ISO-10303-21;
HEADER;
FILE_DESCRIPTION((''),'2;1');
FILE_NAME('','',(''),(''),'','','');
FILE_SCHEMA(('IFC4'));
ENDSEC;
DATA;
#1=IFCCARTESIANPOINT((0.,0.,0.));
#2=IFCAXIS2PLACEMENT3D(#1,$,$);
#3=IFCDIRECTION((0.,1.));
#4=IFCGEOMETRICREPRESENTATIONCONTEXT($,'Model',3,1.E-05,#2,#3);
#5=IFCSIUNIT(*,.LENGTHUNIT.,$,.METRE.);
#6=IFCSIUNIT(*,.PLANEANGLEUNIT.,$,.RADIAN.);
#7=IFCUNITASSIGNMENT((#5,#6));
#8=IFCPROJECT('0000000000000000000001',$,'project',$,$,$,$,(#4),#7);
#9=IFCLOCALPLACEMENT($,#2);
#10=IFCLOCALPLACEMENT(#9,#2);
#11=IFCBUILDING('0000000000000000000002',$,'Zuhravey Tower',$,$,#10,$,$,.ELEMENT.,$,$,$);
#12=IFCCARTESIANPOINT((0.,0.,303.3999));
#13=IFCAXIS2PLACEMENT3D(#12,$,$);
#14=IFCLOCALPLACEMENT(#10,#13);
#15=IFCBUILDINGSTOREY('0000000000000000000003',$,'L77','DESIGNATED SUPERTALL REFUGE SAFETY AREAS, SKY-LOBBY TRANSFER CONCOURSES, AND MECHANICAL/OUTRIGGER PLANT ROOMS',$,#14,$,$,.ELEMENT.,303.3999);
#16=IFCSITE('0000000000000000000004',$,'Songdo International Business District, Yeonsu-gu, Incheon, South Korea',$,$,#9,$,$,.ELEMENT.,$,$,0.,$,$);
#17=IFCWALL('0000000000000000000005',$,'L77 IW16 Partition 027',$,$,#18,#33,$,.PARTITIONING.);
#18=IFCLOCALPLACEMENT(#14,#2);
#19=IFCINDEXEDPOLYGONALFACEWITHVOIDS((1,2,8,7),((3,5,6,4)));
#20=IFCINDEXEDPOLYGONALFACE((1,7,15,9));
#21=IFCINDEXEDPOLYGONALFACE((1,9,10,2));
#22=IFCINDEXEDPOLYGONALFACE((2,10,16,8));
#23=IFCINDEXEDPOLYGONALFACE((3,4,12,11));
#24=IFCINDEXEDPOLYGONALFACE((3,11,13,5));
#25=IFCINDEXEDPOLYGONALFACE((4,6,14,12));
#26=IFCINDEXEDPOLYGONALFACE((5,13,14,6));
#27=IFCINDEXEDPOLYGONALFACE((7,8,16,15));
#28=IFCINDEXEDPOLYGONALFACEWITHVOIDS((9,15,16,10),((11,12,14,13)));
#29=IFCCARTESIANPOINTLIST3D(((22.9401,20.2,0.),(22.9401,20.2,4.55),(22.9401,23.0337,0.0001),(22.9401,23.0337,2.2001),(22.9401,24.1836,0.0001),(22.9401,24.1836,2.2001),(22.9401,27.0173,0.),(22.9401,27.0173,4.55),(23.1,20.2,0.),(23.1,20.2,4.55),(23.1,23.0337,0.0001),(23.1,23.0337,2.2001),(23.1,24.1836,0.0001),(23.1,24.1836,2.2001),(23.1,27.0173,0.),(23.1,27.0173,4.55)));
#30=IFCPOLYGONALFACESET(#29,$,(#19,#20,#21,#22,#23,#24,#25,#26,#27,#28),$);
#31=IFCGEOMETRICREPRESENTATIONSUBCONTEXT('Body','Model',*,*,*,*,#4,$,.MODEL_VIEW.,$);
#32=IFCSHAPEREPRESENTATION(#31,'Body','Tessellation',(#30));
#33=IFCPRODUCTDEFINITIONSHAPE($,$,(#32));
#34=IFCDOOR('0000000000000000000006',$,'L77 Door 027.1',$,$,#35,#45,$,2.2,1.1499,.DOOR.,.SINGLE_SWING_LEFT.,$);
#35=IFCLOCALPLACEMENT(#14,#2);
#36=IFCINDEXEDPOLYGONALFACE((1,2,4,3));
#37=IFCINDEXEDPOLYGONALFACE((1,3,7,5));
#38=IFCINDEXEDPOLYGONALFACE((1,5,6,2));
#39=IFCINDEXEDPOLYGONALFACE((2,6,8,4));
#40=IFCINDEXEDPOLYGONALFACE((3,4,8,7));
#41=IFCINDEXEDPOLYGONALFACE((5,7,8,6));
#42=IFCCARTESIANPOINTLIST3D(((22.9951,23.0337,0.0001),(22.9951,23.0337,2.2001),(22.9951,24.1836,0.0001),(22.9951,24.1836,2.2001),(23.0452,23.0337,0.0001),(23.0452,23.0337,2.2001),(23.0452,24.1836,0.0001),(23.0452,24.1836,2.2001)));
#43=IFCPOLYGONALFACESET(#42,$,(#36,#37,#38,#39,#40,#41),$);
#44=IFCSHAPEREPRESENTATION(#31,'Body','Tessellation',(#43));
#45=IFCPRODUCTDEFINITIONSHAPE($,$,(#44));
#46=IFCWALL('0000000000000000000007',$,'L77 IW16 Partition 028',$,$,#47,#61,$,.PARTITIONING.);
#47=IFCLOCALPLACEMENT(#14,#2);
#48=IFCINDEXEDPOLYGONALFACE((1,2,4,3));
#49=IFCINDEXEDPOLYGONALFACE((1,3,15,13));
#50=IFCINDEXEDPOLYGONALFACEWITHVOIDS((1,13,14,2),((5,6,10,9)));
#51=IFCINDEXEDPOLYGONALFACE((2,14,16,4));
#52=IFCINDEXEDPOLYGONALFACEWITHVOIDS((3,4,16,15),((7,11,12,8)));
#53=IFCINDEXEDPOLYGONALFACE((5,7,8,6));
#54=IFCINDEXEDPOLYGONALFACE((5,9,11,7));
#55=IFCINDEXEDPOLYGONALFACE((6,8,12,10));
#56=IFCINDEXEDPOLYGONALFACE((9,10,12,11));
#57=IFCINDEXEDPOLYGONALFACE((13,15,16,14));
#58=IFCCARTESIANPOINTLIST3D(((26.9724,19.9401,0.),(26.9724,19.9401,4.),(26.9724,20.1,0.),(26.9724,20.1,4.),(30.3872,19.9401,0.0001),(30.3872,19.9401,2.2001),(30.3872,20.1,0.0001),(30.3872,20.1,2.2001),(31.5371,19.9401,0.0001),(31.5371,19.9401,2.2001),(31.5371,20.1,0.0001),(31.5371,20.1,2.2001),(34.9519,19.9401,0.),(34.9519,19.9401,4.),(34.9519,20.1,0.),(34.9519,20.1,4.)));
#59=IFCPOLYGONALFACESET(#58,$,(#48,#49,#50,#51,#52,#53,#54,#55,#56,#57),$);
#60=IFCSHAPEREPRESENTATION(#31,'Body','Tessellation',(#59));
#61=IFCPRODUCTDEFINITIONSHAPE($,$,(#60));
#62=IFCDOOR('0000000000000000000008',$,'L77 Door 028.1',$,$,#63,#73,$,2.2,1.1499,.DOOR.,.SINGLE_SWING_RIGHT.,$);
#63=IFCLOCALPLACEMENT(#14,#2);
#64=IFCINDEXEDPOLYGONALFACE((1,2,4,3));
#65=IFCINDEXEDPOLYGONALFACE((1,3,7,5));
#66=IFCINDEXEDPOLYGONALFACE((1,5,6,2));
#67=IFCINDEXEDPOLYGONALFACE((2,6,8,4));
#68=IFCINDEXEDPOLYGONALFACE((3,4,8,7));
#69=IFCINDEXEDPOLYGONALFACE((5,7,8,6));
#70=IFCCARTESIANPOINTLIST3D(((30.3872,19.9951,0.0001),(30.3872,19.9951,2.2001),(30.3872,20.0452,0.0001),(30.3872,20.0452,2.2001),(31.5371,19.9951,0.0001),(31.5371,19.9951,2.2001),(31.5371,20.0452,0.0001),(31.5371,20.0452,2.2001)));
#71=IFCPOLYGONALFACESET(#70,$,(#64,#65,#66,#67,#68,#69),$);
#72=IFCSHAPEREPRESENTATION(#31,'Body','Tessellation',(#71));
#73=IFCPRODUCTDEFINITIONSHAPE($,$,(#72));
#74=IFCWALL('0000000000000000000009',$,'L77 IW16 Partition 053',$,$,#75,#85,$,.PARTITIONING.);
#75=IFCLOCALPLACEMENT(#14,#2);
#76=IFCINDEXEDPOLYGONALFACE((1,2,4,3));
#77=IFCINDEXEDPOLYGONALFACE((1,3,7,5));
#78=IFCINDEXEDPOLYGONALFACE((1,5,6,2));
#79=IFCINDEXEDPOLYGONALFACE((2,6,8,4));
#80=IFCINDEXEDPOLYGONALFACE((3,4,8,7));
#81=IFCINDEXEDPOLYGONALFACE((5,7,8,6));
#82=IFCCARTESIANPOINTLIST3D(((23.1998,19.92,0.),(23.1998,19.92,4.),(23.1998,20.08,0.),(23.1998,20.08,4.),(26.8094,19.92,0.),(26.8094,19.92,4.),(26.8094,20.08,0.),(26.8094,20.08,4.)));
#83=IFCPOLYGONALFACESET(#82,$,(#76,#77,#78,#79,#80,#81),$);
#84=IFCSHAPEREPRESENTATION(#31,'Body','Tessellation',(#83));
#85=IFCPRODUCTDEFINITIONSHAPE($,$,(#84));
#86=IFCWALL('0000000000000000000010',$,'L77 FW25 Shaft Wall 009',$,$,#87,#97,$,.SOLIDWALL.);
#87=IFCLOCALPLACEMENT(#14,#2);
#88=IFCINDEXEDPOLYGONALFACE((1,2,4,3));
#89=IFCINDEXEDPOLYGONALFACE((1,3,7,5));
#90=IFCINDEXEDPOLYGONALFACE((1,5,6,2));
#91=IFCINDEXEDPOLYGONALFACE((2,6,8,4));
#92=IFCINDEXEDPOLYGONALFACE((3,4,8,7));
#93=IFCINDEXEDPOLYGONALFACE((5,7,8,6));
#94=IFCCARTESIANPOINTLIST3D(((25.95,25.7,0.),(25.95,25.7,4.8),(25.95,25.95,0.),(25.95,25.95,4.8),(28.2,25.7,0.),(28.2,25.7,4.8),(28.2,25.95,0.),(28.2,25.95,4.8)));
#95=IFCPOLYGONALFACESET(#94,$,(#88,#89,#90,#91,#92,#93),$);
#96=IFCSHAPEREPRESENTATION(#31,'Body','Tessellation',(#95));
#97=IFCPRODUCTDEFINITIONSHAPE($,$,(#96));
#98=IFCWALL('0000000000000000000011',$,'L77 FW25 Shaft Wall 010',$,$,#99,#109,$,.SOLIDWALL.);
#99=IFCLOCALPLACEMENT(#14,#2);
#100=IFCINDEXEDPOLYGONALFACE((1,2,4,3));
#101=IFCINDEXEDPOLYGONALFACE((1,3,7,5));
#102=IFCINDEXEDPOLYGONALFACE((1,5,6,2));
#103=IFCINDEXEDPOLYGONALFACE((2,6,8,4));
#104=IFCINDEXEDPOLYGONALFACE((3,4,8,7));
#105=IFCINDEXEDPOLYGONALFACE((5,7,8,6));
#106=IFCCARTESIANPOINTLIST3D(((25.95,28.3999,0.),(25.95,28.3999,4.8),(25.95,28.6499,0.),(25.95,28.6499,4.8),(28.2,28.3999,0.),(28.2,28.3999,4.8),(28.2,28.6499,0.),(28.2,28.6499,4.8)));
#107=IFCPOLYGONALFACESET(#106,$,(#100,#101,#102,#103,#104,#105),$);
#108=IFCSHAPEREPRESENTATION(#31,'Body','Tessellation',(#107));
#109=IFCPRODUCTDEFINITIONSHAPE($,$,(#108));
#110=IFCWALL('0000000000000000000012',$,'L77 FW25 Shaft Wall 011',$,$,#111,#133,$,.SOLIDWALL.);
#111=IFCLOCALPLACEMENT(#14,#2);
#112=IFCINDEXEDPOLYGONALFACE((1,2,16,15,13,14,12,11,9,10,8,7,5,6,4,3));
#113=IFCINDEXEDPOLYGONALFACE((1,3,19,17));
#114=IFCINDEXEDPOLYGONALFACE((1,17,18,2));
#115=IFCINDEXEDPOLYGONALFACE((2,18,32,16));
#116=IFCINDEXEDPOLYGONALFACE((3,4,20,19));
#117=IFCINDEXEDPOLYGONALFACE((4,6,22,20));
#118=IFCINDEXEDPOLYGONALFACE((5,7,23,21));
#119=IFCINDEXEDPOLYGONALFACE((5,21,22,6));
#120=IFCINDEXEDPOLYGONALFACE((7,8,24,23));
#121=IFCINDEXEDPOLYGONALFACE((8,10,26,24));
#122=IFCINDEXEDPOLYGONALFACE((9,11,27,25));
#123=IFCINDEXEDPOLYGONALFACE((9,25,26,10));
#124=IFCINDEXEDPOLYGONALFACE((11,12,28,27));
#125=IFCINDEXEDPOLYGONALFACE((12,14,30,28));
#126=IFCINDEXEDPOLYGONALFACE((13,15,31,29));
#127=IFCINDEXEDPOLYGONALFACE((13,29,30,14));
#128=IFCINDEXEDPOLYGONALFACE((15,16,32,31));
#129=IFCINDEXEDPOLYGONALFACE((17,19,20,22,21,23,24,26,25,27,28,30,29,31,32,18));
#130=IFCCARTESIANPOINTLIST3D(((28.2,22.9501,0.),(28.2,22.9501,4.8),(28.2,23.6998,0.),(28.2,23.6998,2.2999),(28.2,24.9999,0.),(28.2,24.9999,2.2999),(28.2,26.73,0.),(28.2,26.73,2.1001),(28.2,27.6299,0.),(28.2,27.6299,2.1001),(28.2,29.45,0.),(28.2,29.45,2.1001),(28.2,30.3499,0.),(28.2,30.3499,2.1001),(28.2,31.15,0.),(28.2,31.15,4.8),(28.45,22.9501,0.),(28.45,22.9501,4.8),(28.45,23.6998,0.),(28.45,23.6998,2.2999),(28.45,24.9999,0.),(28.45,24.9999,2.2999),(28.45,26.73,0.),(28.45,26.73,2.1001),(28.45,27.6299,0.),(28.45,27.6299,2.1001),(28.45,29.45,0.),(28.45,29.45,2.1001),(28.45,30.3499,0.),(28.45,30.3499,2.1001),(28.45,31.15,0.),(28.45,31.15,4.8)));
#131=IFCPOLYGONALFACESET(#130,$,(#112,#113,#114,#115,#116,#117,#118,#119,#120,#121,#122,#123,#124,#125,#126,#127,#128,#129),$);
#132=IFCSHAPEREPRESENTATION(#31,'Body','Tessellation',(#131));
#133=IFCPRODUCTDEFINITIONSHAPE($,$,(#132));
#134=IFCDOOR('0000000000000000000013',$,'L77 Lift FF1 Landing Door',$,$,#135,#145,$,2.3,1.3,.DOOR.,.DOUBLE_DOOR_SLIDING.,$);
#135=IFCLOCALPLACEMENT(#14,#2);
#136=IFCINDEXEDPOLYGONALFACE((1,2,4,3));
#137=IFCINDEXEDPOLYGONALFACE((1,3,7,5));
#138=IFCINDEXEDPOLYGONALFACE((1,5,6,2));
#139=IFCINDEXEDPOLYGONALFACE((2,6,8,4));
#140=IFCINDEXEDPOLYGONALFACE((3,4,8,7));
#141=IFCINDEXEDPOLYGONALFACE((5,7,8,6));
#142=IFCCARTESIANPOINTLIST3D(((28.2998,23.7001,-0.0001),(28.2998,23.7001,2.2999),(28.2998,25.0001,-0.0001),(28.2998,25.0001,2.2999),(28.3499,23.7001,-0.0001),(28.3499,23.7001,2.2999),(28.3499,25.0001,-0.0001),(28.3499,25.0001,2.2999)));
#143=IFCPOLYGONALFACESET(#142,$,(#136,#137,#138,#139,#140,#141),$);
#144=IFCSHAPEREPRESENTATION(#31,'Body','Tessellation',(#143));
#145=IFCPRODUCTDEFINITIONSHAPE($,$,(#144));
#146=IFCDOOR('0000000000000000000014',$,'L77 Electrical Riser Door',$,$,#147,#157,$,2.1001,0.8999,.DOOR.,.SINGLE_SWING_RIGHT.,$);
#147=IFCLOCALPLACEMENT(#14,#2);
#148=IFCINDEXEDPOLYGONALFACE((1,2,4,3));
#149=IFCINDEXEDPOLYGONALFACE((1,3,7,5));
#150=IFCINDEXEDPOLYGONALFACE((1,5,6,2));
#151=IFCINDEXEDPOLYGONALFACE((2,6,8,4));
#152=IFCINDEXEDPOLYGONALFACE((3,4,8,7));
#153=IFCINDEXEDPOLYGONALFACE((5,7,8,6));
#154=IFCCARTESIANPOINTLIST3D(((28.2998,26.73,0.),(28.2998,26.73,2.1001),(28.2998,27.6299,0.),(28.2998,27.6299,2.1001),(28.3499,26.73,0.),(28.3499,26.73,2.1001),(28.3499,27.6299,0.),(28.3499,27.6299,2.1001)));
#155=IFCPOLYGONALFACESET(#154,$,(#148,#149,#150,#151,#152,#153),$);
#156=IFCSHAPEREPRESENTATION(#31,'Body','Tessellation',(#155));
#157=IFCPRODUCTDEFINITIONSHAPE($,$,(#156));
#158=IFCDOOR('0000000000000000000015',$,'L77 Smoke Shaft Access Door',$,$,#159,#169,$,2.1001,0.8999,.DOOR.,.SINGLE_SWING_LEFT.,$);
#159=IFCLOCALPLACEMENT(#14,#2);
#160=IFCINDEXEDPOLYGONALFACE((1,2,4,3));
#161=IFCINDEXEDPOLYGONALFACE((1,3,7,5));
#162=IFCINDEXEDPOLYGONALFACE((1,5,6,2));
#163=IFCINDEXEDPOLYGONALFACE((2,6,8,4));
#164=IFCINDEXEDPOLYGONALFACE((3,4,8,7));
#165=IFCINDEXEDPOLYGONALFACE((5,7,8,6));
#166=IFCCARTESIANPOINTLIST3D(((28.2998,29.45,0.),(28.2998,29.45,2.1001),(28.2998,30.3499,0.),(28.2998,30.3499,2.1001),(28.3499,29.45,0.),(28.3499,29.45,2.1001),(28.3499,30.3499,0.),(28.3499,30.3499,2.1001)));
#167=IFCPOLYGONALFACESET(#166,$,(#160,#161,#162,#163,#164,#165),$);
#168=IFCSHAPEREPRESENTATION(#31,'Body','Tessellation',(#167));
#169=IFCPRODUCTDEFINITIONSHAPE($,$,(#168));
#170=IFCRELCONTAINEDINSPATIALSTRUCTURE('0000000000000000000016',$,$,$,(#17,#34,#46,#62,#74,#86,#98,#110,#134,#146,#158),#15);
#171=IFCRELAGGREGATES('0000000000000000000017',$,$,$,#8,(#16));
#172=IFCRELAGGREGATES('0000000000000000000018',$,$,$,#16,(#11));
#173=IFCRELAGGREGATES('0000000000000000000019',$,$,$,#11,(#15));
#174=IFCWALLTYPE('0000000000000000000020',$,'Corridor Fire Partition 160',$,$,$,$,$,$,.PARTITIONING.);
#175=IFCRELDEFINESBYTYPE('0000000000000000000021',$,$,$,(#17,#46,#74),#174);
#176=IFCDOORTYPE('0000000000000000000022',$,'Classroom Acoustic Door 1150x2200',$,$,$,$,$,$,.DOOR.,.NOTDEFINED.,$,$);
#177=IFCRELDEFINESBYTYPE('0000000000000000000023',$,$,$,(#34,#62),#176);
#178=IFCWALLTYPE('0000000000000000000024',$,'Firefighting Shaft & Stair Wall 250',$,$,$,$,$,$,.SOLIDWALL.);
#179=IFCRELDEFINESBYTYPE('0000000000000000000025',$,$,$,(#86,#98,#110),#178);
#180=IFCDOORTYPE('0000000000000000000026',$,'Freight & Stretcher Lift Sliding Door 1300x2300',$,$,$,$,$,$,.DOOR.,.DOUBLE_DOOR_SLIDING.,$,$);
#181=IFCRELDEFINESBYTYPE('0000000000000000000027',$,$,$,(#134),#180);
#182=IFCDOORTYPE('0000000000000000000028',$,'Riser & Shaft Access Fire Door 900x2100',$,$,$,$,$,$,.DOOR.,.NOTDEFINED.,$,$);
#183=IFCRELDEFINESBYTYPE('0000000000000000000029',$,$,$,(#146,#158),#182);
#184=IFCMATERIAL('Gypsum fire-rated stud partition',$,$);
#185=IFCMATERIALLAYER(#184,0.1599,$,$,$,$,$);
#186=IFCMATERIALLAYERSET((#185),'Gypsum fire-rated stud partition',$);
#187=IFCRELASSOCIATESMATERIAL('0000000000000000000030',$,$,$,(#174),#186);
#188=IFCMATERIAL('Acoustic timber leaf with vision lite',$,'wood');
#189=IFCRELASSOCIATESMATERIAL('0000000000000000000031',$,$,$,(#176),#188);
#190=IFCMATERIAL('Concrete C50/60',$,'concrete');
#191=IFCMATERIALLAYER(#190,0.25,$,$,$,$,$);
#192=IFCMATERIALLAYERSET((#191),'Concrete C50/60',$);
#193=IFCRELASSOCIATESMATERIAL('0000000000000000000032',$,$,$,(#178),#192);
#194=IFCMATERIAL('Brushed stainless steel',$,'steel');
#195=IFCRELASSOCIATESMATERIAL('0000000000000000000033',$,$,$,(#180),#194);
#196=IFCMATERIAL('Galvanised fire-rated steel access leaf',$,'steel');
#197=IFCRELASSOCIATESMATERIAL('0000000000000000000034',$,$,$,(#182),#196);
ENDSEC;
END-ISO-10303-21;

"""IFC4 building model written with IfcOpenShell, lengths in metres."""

from ifc_helpers import new_model, si_unit, direction, frame, frame_2d, origin, place, context, subcontext, project, spatial, rectangle, extrude, material, layer, layer_set, type_object, element, fill, save


model = new_model("IFC4")

# Units and contexts
model_context = context("Model", 3, precision=1e-05, world=origin(), true_north=direction((0.0, 1.0)))
body_context = subcontext(model_context, "Body", "Model", "MODEL_VIEW")
ifc_project = project(units=[si_unit("LENGTHUNIT", "METRE"), si_unit("PLANEANGLEUNIT", "RADIAN")], contexts=[model_context])

# Site, building, storey
site_placement = place(None, origin())
site = spatial("IfcSite", under=ifc_project, at=site_placement, Name="Songdo International Business District, Yeonsu-gu, Incheon, South Korea", CompositionType="ELEMENT", RefElevation=0.0)
building_placement = place(site_placement, origin())
building = spatial("IfcBuilding", under=site, at=building_placement, Name="Zuhravey Tower", CompositionType="ELEMENT")
storey_placement = place(building_placement, frame((0.0, 0.0, 303.3999)))
storey = spatial("IfcBuildingStorey", under=building, at=storey_placement, Name="L77", Description="DESIGNATED SUPERTALL REFUGE SAFETY AREAS, SKY-LOBBY TRANSFER CONCOURSES, AND MECHANICAL/OUTRIGGER PLANT ROOMS", CompositionType="ELEMENT", Elevation=303.3999)

# Walls, openings, doors
ifc_material_1 = material(Name="Concrete C50/60", Category="concrete")
ifc_material_2 = material(Name="Gypsum fire-rated stud partition")
ifc_layer_1 = layer(ifc_material_2, 0.1599)
ifc_layer_set_1 = layer_set([ifc_layer_1], Name="Gypsum fire-rated stud partition")
wall_type_1 = type_object("IfcWallType", Name="Corridor Fire Partition 160", PredefinedType="PARTITIONING", material=ifc_layer_set_1)
wall_1_placement = place(storey_placement, frame((23.02, 27.0173, 0.0), z_axis=(0.0, 0.0, 1.0), x_axis=(0.0, -1.0, 0.0)))
wall_1 = element("IfcWall", 1, at=wall_1_placement, inside=storey, type_object=wall_type_1, Name="L77 IW16 Partition 027", PredefinedType="PARTITIONING", context=body_context, shape_type="SweptSolid", body=[
    extrude(rectangle(XDim=6.8174, YDim=0.1599, at=frame_2d((3.4087, 0.0))), origin(), (0.0, 0.0, 1.0), 4.55),
])
opening_1_placement = place(wall_1_placement, frame((2.8337, 0.0, 0.0)))
opening_1 = element("IfcOpeningElement", 2, at=opening_1_placement, cuts=wall_1, PredefinedType="OPENING", context=body_context, shape_type="SweptSolid", body=[
    extrude(rectangle(XDim=1.1499, YDim=2.2, at=frame_2d((0.575, 1.1001))), frame((0.0, 0.092, 0.0), z_axis=(0.0, -1.0, 0.0), x_axis=(1.0, 0.0, 0.0)), (0.0, 0.0, 1.0), 0.1838),
])
ifc_material_3 = material(Name="Acoustic timber leaf with vision lite", Category="wood")
door_type_1 = type_object("IfcDoorType", Name="Classroom Acoustic Door 1150x2200", OperationType="NOTDEFINED", PredefinedType="DOOR", material=ifc_material_3)
door_1_placement = place(opening_1_placement, frame((1.1499, 0.0, 0.0), z_axis=(0.0, 0.0, 1.0), x_axis=(-1.0, 0.0, 0.0)))
door_1 = element("IfcDoor", 3, at=door_1_placement, inside=storey, type_object=door_type_1, Name="L77 Door 027.1", OperationType="SINGLE_SWING_LEFT", OverallHeight=2.2, OverallWidth=1.1499, PredefinedType="DOOR", context=body_context, shape_type="SweptSolid", body=[
    extrude(rectangle(XDim=1.1499, YDim=2.2, at=frame_2d((0.575, 1.1001))), frame((0.0, 0.0249, 0.0), z_axis=(0.0, -1.0, 0.0), x_axis=(1.0, 0.0, 0.0)), (0.0, 0.0, 1.0), 0.05),
])
fill(opening_1, door_1)
wall_2_placement = place(storey_placement, frame((26.9724, 20.02, 0.0), z_axis=(0.0, 0.0, 1.0), x_axis=(1.0, 0.0, 0.0)))
wall_2 = element("IfcWall", 4, at=wall_2_placement, inside=storey, type_object=wall_type_1, Name="L77 IW16 Partition 028", PredefinedType="PARTITIONING", context=body_context, shape_type="SweptSolid", body=[
    extrude(rectangle(XDim=7.9795, YDim=0.1599, at=frame_2d((3.9897, 0.0))), origin(), (0.0, 0.0, 1.0), 4.0),
])
opening_2_placement = place(wall_2_placement, frame((3.4148, 0.0, 0.0)))
opening_2 = element("IfcOpeningElement", 5, at=opening_2_placement, cuts=wall_2, PredefinedType="OPENING", context=body_context, shape_type="SweptSolid", body=[
    extrude(rectangle(XDim=1.1499, YDim=2.2, at=frame_2d((0.575, 1.1001))), frame((0.0, 0.092, 0.0), z_axis=(0.0, -1.0, 0.0), x_axis=(1.0, 0.0, 0.0)), (0.0, 0.0, 1.0), 0.1838),
])
door_2_placement = place(opening_2_placement, frame((1.1499, 0.0, 0.0), z_axis=(0.0, 0.0, 1.0), x_axis=(-1.0, 0.0, 0.0)))
door_2 = element("IfcDoor", 6, at=door_2_placement, inside=storey, type_object=door_type_1, Name="L77 Door 028.1", OperationType="SINGLE_SWING_RIGHT", OverallHeight=2.2, OverallWidth=1.1499, PredefinedType="DOOR", context=body_context, shape_type="SweptSolid", body=[
    extrude(rectangle(XDim=1.1499, YDim=2.2, at=frame_2d((0.575, 1.1001))), frame((0.0, 0.0249, 0.0), z_axis=(0.0, -1.0, 0.0), x_axis=(1.0, 0.0, 0.0)), (0.0, 0.0, 1.0), 0.05),
])
fill(opening_2, door_2)

# Walls
wall_3_placement = place(storey_placement, frame((23.2, 20.0, 0.0), z_axis=(0.0, 0.0, 1.0), x_axis=(1.0, 0.0, 0.0)))
element("IfcWall", 7, at=wall_3_placement, inside=storey, type_object=wall_type_1, Name="L77 IW16 Partition 053", PredefinedType="PARTITIONING", context=body_context, shape_type="SweptSolid", body=[
    extrude(rectangle(XDim=3.6096, YDim=0.1599, at=frame_2d((1.8047, 0.0))), origin(), (0.0, 0.0, 1.0), 4.0),
])
ifc_layer_2 = layer(ifc_material_1, 0.25)
ifc_layer_set_2 = layer_set([ifc_layer_2], Name="Concrete C50/60")
wall_type_2 = type_object("IfcWallType", Name="Firefighting Shaft & Stair Wall 250", PredefinedType="SOLIDWALL", material=ifc_layer_set_2)
for number, where, z_axis, x_axis, name in (
    (8, (25.95, 25.825, 0.0), (0.0, 0.0, 1.0), (1.0, 0.0, 0.0), "L77 FW25 Shaft Wall 009"),
    (9, (25.95, 28.5249, 0.0), (0.0, 0.0, 1.0), (1.0, 0.0, 0.0), "L77 FW25 Shaft Wall 010"),
):
    element("IfcWall", number, at=place(storey_placement, frame(where, z_axis=z_axis, x_axis=x_axis)), inside=storey, type_object=wall_type_2, Name=name, PredefinedType="SOLIDWALL", context=body_context, shape_type="SweptSolid", body=[
        extrude(rectangle(XDim=2.25, YDim=0.25, at=frame_2d((1.125, 0.0))), origin(), (0.0, 0.0, 1.0), 4.8),
    ])

# Wall, openings, doors
wall_4_placement = place(storey_placement, frame((28.325, 22.95, 0.0), z_axis=(0.0, 0.0, 1.0), x_axis=(0.0, 1.0, 0.0)))
wall_4 = element("IfcWall", 10, at=wall_4_placement, inside=storey, type_object=wall_type_2, Name="L77 FW25 Shaft Wall 011", PredefinedType="SOLIDWALL", context=body_context, shape_type="SweptSolid", body=[
    extrude(rectangle(XDim=8.2, YDim=0.25, at=frame_2d((4.1001, 0.0))), origin(), (0.0, 0.0, 1.0), 4.8),
])
opening_3_placement = place(wall_4_placement, frame((0.75, 0.0, 0.0)))
opening_3 = element("IfcOpeningElement", 11, at=opening_3_placement, cuts=wall_4, PredefinedType="OPENING", context=body_context, shape_type="SweptSolid", body=[
    extrude(rectangle(XDim=1.3, YDim=2.3, at=frame_2d((0.6499, 1.1499))), frame((0.0, 0.137, 0.0), z_axis=(0.0, -1.0, 0.0), x_axis=(1.0, 0.0, 0.0)), (0.0, 0.0, 1.0), 0.2739),
])
opening_4_placement = place(wall_4_placement, frame((3.78, 0.0, 0.0)))
opening_4 = element("IfcOpeningElement", 12, at=opening_4_placement, cuts=wall_4, PredefinedType="OPENING", context=body_context, shape_type="SweptSolid", body=[
    extrude(rectangle(XDim=0.8999, YDim=2.1001, at=frame_2d((0.45, 1.05))), frame((0.0, 0.137, 0.0), z_axis=(0.0, -1.0, 0.0), x_axis=(1.0, 0.0, 0.0)), (0.0, 0.0, 1.0), 0.2739),
])
opening_5_placement = place(wall_4_placement, frame((6.5, 0.0, 0.0)))
opening_5 = element("IfcOpeningElement", 13, at=opening_5_placement, cuts=wall_4, PredefinedType="OPENING", context=body_context, shape_type="SweptSolid", body=[
    extrude(rectangle(XDim=0.8999, YDim=2.1001, at=frame_2d((0.45, 1.05))), frame((0.0, 0.137, 0.0), z_axis=(0.0, -1.0, 0.0), x_axis=(1.0, 0.0, 0.0)), (0.0, 0.0, 1.0), 0.2739),
])
ifc_material_4 = material(Name="Brushed stainless steel", Category="steel")
door_type_2 = type_object("IfcDoorType", Name="Freight & Stretcher Lift Sliding Door 1300x2300", OperationType="DOUBLE_DOOR_SLIDING", PredefinedType="DOOR", material=ifc_material_4)
door_3_placement = place(opening_3_placement, frame((1.3, 0.0, 0.0), z_axis=(0.0, 0.0, 1.0), x_axis=(-1.0, 0.0, 0.0)))
door_3 = element("IfcDoor", 14, at=door_3_placement, inside=storey, type_object=door_type_2, Name="L77 Lift FF1 Landing Door", OperationType="DOUBLE_DOOR_SLIDING", OverallHeight=2.3, OverallWidth=1.3, PredefinedType="DOOR", context=body_context, shape_type="SweptSolid", body=[
    extrude(rectangle(XDim=1.3, YDim=2.3, at=frame_2d((0.6499, 1.1499))), frame((0.0, 0.0249, 0.0), z_axis=(0.0, -1.0, 0.0), x_axis=(1.0, 0.0, 0.0)), (0.0, 0.0, 1.0), 0.05),
])
fill(opening_3, door_3)
ifc_material_5 = material(Name="Galvanised fire-rated steel access leaf", Category="steel")
door_type_3 = type_object("IfcDoorType", Name="Riser & Shaft Access Fire Door 900x2100", OperationType="NOTDEFINED", PredefinedType="DOOR", material=ifc_material_5)
door_4_placement = place(opening_4_placement, frame((0.8999, 0.0, 0.0), z_axis=(0.0, 0.0, 1.0), x_axis=(-1.0, 0.0, 0.0)))
door_4 = element("IfcDoor", 15, at=door_4_placement, inside=storey, type_object=door_type_3, Name="L77 Electrical Riser Door", OperationType="SINGLE_SWING_RIGHT", OverallHeight=2.1001, OverallWidth=0.8999, PredefinedType="DOOR", context=body_context, shape_type="SweptSolid", body=[
    extrude(rectangle(XDim=0.8999, YDim=2.1001, at=frame_2d((0.45, 1.05))), frame((0.0, 0.0249, 0.0), z_axis=(0.0, -1.0, 0.0), x_axis=(1.0, 0.0, 0.0)), (0.0, 0.0, 1.0), 0.05),
])
fill(opening_4, door_4)
door_5_placement = place(opening_5_placement, frame((0.8999, 0.0, 0.0), z_axis=(0.0, 0.0, 1.0), x_axis=(-1.0, 0.0, 0.0)))
door_5 = element("IfcDoor", 16, at=door_5_placement, inside=storey, type_object=door_type_3, Name="L77 Smoke Shaft Access Door", OperationType="SINGLE_SWING_LEFT", OverallHeight=2.1001, OverallWidth=0.8999, PredefinedType="DOOR", context=body_context, shape_type="SweptSolid", body=[
    extrude(rectangle(XDim=0.8999, YDim=2.1001, at=frame_2d((0.45, 1.05))), frame((0.0, 0.0249, 0.0), z_axis=(0.0, -1.0, 0.0), x_axis=(1.0, 0.0, 0.0)), (0.0, 0.0, 1.0), 0.05),
])
fill(opening_5, door_5)

save(model, "model.ifc")
